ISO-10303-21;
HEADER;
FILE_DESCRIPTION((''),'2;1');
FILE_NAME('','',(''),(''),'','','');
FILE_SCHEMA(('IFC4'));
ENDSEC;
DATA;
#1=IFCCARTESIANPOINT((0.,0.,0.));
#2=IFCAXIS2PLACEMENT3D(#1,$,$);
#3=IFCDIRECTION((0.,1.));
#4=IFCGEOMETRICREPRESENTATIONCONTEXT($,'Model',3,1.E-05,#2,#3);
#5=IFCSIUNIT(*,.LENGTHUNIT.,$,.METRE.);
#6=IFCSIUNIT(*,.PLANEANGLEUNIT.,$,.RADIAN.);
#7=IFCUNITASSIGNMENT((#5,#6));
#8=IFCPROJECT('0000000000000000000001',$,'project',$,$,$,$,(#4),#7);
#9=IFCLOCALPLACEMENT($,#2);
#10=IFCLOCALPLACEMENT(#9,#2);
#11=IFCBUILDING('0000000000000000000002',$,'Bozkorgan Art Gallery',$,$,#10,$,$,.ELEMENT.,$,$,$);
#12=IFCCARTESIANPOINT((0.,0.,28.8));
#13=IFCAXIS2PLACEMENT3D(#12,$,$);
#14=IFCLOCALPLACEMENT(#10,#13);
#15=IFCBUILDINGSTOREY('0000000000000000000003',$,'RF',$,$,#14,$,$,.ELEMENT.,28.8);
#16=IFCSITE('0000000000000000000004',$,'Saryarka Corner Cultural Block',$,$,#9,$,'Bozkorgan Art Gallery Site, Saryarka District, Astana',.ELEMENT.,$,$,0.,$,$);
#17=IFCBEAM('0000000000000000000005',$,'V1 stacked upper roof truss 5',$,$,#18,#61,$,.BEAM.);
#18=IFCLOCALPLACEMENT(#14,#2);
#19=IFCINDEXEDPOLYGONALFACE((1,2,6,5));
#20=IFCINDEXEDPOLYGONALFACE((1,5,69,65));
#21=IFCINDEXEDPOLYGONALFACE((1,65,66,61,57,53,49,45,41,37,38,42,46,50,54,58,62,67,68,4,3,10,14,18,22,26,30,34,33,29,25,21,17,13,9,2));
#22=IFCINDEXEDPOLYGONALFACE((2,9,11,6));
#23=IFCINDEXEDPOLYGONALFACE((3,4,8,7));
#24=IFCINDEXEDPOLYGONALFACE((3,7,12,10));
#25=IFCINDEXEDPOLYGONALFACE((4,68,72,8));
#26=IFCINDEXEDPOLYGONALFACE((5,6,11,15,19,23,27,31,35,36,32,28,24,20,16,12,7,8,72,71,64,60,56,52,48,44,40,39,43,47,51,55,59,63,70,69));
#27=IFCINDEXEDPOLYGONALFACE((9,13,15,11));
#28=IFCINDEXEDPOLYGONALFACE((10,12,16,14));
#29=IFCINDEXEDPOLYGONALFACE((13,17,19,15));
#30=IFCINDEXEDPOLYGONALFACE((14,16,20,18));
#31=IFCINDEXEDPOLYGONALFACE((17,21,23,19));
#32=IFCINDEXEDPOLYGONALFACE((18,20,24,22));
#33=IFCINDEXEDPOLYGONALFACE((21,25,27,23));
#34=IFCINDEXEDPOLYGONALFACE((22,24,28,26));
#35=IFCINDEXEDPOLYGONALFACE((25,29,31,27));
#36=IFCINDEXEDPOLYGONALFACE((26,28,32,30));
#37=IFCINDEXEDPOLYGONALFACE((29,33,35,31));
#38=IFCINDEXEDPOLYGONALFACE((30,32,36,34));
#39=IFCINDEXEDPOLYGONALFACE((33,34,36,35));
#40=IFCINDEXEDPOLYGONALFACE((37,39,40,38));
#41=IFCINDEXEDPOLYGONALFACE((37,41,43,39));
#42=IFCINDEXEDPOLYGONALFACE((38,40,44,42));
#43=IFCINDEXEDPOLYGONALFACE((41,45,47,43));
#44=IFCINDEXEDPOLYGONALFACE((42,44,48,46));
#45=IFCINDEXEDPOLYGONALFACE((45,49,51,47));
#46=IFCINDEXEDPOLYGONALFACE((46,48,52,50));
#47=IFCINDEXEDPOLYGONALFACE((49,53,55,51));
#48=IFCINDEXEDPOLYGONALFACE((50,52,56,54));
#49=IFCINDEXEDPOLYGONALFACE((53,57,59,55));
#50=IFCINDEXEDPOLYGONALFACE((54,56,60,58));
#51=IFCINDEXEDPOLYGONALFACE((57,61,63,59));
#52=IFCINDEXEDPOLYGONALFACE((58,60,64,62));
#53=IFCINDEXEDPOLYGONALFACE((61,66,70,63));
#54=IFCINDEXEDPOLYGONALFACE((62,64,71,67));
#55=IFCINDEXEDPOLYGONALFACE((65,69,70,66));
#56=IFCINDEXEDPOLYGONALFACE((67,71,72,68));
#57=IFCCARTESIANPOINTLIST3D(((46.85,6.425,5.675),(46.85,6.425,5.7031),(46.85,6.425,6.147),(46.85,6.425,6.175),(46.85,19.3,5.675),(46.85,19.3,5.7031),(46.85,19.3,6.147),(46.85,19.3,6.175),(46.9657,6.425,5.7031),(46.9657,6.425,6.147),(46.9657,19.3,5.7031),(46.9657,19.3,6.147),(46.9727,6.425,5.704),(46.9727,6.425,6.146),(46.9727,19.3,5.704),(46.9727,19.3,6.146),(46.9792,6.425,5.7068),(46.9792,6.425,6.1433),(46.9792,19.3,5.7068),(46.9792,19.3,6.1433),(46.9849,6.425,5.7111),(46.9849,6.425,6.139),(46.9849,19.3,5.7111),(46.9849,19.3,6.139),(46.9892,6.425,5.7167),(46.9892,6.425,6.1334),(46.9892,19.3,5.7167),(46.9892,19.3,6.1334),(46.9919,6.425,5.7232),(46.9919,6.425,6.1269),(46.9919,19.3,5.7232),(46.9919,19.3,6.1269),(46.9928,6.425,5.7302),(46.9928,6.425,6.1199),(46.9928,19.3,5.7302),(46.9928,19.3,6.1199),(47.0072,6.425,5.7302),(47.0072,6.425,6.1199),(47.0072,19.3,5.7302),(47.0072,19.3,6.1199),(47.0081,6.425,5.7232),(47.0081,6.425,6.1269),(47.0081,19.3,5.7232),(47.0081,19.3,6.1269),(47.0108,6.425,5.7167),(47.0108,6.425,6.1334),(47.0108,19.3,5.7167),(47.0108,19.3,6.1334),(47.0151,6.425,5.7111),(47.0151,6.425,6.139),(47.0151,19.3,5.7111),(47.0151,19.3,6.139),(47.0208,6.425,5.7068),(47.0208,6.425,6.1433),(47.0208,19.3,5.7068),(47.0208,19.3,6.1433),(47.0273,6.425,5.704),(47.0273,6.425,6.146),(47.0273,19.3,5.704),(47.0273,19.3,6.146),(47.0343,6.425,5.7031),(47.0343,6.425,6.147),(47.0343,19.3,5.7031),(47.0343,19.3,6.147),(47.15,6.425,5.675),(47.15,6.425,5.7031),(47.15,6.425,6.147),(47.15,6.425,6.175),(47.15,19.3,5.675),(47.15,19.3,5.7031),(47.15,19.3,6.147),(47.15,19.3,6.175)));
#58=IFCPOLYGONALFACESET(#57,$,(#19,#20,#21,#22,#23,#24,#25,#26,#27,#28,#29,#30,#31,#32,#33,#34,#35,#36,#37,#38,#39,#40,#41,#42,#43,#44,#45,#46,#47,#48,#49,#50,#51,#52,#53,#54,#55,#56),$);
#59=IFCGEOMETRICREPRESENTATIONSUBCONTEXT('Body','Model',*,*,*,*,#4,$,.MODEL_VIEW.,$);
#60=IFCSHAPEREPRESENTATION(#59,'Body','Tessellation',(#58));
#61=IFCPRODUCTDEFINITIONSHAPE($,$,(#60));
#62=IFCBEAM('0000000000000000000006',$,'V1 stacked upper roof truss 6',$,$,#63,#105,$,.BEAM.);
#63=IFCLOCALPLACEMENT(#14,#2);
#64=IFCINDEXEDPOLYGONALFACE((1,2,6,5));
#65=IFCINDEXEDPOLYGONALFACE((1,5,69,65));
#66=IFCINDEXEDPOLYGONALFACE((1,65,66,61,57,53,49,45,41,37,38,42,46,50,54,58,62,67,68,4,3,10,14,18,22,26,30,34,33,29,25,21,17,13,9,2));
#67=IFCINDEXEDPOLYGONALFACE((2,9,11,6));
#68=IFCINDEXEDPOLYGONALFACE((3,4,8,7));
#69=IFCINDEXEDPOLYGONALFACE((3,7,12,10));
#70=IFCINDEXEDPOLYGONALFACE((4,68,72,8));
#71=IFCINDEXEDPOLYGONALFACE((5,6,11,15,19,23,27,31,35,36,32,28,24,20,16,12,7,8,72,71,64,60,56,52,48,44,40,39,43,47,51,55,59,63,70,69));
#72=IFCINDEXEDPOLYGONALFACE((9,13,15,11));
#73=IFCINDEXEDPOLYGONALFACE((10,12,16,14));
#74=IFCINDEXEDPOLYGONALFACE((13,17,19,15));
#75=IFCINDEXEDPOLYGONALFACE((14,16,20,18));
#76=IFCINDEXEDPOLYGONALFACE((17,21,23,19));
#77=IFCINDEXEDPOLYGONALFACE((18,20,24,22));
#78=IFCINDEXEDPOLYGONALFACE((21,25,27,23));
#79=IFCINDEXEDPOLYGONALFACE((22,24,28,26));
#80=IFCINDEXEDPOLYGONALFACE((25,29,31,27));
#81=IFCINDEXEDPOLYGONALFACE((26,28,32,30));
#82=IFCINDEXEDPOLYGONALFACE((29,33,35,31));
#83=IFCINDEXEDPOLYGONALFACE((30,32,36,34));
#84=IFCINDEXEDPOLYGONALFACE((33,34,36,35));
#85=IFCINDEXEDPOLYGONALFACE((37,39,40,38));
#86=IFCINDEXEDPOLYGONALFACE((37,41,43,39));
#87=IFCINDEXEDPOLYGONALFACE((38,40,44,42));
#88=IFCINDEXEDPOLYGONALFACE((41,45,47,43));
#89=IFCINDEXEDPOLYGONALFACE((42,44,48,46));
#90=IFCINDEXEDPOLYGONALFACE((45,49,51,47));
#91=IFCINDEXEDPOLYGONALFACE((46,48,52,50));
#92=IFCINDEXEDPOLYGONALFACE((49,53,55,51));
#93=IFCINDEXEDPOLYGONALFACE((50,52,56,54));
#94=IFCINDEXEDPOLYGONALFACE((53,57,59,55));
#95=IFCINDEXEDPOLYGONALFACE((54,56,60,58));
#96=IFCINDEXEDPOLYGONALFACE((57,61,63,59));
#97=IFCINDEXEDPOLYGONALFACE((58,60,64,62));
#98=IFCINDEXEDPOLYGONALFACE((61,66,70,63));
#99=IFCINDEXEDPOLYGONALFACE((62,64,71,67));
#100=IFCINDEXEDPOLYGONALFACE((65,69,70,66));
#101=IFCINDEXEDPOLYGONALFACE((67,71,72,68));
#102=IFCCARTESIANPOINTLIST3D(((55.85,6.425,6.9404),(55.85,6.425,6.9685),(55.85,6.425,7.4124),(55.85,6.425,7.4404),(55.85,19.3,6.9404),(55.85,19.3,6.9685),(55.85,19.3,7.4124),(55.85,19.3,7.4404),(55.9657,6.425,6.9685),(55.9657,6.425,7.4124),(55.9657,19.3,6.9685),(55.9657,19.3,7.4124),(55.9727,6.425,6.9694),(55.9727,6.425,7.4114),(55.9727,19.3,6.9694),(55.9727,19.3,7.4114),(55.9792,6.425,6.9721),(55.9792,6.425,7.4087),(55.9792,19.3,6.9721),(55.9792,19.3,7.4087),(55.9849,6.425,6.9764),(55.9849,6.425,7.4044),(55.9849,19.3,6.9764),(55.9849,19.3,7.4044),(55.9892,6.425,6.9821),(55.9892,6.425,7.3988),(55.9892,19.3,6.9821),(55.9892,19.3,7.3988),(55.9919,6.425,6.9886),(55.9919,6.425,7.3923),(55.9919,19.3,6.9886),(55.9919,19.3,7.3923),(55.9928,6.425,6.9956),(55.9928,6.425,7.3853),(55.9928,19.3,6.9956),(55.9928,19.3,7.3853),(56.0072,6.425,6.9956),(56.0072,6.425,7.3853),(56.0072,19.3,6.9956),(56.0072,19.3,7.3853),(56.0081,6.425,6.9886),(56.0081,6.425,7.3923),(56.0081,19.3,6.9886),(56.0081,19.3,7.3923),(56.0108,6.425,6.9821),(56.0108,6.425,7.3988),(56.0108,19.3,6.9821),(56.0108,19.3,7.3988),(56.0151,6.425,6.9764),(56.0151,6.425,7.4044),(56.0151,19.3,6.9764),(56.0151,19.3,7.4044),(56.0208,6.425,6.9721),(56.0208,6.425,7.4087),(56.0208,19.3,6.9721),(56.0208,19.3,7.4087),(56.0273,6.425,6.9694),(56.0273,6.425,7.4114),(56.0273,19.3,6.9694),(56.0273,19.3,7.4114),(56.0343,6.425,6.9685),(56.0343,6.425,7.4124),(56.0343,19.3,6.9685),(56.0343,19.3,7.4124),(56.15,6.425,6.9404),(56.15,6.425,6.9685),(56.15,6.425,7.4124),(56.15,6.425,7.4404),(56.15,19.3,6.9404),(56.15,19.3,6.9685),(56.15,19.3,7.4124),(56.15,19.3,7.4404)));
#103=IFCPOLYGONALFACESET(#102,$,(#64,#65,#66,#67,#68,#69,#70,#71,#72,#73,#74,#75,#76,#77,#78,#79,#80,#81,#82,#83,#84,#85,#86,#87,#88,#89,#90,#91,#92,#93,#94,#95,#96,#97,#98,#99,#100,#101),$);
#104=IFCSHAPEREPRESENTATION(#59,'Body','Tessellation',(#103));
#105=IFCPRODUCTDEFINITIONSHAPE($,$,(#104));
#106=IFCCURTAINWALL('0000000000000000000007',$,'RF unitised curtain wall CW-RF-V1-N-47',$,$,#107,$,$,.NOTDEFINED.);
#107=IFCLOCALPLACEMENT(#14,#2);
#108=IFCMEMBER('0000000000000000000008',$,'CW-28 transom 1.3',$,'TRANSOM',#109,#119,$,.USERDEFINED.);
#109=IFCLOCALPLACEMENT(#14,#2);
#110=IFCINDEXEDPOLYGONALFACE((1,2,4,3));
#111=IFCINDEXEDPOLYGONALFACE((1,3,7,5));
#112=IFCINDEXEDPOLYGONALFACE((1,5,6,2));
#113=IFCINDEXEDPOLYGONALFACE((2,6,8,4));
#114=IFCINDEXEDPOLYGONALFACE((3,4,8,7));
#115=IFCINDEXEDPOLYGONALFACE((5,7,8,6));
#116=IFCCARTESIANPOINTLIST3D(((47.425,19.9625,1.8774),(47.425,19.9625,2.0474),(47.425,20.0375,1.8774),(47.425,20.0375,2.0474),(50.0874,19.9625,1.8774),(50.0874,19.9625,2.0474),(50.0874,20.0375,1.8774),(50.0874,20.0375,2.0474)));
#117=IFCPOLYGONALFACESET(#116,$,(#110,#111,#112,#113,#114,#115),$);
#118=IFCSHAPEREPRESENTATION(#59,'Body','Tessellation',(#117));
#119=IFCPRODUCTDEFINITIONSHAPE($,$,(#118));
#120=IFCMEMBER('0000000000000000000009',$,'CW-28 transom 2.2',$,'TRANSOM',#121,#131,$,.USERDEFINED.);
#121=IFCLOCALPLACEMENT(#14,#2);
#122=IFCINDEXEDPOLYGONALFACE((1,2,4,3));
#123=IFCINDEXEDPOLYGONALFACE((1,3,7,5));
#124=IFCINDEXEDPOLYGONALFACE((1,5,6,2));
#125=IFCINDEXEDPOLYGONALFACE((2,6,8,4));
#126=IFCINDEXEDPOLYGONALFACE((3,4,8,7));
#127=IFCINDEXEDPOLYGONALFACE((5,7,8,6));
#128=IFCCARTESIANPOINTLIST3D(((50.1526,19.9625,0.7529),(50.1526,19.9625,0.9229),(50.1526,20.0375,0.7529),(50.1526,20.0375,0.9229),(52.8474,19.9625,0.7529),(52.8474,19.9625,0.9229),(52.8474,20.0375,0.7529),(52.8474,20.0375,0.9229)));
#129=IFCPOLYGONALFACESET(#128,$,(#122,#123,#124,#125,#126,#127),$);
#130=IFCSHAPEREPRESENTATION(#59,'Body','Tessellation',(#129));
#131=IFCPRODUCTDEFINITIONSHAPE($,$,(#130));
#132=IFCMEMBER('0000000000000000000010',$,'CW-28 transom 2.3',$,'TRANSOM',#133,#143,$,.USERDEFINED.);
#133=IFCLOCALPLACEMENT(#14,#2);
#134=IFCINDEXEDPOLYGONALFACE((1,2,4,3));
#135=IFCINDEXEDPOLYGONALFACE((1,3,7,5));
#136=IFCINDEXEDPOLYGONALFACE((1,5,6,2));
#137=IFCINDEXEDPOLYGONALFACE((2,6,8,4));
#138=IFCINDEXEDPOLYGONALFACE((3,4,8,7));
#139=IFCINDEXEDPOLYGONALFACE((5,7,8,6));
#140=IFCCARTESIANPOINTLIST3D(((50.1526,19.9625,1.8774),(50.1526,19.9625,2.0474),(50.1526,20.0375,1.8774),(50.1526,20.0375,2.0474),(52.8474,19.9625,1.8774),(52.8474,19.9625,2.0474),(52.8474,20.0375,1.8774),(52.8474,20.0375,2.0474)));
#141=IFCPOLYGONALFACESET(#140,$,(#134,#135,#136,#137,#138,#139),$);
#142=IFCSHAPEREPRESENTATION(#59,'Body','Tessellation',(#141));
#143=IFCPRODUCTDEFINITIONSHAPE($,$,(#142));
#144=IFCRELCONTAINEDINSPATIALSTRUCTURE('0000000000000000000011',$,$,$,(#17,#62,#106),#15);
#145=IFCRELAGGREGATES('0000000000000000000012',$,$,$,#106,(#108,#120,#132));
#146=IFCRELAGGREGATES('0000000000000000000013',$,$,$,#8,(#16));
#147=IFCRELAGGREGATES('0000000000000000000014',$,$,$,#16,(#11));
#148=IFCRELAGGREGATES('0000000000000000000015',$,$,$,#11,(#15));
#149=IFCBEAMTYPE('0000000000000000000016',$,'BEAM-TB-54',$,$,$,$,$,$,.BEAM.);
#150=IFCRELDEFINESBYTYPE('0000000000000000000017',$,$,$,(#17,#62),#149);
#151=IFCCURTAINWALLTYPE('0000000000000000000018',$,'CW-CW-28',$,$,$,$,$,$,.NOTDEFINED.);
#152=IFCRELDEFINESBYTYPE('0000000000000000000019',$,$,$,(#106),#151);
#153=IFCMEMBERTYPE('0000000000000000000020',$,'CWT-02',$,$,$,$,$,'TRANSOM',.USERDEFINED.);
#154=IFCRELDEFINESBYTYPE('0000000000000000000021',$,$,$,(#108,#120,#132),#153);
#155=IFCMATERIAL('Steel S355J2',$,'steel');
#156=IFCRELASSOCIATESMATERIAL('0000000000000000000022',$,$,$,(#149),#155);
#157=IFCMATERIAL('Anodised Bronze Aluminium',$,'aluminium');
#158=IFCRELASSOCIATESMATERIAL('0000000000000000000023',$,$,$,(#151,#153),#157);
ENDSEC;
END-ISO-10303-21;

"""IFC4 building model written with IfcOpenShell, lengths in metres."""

from ifc_helpers import new_model, si_unit, direction, frame, origin, origin_2d, place, context, subcontext, project, spatial, rectangle, i_section, extrude, material, material_profile, profile_set, type_object, element, aggregate, save


model = new_model("IFC4")

# Units and contexts
model_context = context("Model", 3, precision=1e-05, world=origin(), true_north=direction((0.0, 1.0)))
body_context = subcontext(model_context, "Body", "Model", "MODEL_VIEW")
ifc_project = project(units=[si_unit("LENGTHUNIT", "METRE"), si_unit("PLANEANGLEUNIT", "RADIAN")], contexts=[model_context])

# Site, building, storey
site_placement = place(None, origin())
site = spatial("IfcSite", under=ifc_project, at=site_placement, Name="Saryarka Corner Cultural Block", LongName="Bozkorgan Art Gallery Site, Saryarka District, Astana", CompositionType="ELEMENT", RefElevation=0.0)
building_placement = place(site_placement, origin())
building = spatial("IfcBuilding", under=site, at=building_placement, Name="Bozkorgan Art Gallery", CompositionType="ELEMENT")
storey_placement = place(building_placement, frame((0.0, 0.0, 28.8)))
storey = spatial("IfcBuildingStorey", under=building, at=storey_placement, Name="RF", CompositionType="ELEMENT", Elevation=28.8)

# Beams
ifc_material_1 = material(Name="Steel S355J2", Category="steel")
ifc_material_profile_1 = material_profile(ifc_material_1, i_section(OverallWidth=0.3, OverallDepth=0.5, WebThickness=0.0144, FlangeThickness=0.0281, FilletRadius=0.0271, at=origin_2d()), Name="HEB 500")
ifc_profile_set_1 = profile_set([ifc_material_profile_1], Name="Steel S355J2")
beam_type = type_object("IfcBeamType", Name="BEAM-TB-54", PredefinedType="BEAM", material=ifc_profile_set_1)
for number, where, z_axis, x_axis, name in (
    (1, (47.0, 6.425, 5.925), (0.0, 1.0, 0.0), (-1.0, 0.0, 0.0), "V1 stacked upper roof truss 5"),
    (2, (56.0, 6.425, 7.1904), (0.0, 1.0, 0.0), (-1.0, 0.0, 0.0), "V1 stacked upper roof truss 6"),
):
    element("IfcBeam", number, at=place(storey_placement, frame(where, z_axis=z_axis, x_axis=x_axis)), inside=storey, type_object=beam_type, Name=name, PredefinedType="BEAM", context=body_context, shape_type="SweptSolid", body=[
        extrude(i_section(OverallWidth=0.3, OverallDepth=0.5, WebThickness=0.0144, FlangeThickness=0.0281, FilletRadius=0.0271, at=origin_2d()), origin(), (0.0, 0.0, 1.0), 12.875),
    ])

# Curtain wall, members
ifc_material_2 = material(Name="Anodised Bronze Aluminium", Category="aluminium")
curtain_wall_type = type_object("IfcCurtainWallType", Name="CW-CW-28", PredefinedType="NOTDEFINED", material=ifc_material_2)
curtain_wall_placement = place(storey_placement, origin())
curtain_wall = element("IfcCurtainWall", 3, at=curtain_wall_placement, inside=storey, type_object=curtain_wall_type, Name="RF unitised curtain wall CW-RF-V1-N-47", PredefinedType="NOTDEFINED")
ifc_material_profile_2 = material_profile(ifc_material_2, rectangle(XDim=0.075, YDim=0.1699, at=origin_2d()), Name="ALU TRANSOM 75x170")
ifc_profile_set_2 = profile_set([ifc_material_profile_2], Name="Anodised Bronze Aluminium")
member_type_1 = type_object("IfcMemberType", Name="CWT-02", ElementType="TRANSOM", PredefinedType="USERDEFINED", material=ifc_profile_set_2)
member_1_placement = place(storey_placement, frame((47.425, 20.0, 1.9624), z_axis=(1.0, 0.0, 0.0), x_axis=(0.0, 1.0, 0.0)))
member_1 = element("IfcMember", 4, at=member_1_placement, type_object=member_type_1, Name="CW-28 transom 1.3", ObjectType="TRANSOM", PredefinedType="USERDEFINED", context=body_context, shape_type="SweptSolid", body=[
    extrude(rectangle(XDim=0.075, YDim=0.1699, at=origin_2d()), origin(), (0.0, 0.0, 1.0), 2.6624),
])
member_2_placement = place(storey_placement, frame((50.1526, 20.0, 0.8379), z_axis=(1.0, 0.0, 0.0), x_axis=(0.0, 1.0, 0.0)))
member_2 = element("IfcMember", 5, at=member_2_placement, type_object=member_type_1, Name="CW-28 transom 2.2", ObjectType="TRANSOM", PredefinedType="USERDEFINED", context=body_context, shape_type="SweptSolid", body=[
    extrude(rectangle(XDim=0.075, YDim=0.1699, at=origin_2d()), origin(), (0.0, 0.0, 1.0), 2.6948),
])
member_3_placement = place(storey_placement, frame((50.1526, 20.0, 1.9624), z_axis=(1.0, 0.0, 0.0), x_axis=(0.0, 1.0, 0.0)))
member_3 = element("IfcMember", 6, at=member_3_placement, type_object=member_type_1, Name="CW-28 transom 2.3", ObjectType="TRANSOM", PredefinedType="USERDEFINED", context=body_context, shape_type="SweptSolid", body=[
    extrude(rectangle(XDim=0.075, YDim=0.1699, at=origin_2d()), origin(), (0.0, 0.0, 1.0), 2.6948),
])

aggregate(curtain_wall, [member_1, member_2, member_3])

save(model, "model.ifc")
